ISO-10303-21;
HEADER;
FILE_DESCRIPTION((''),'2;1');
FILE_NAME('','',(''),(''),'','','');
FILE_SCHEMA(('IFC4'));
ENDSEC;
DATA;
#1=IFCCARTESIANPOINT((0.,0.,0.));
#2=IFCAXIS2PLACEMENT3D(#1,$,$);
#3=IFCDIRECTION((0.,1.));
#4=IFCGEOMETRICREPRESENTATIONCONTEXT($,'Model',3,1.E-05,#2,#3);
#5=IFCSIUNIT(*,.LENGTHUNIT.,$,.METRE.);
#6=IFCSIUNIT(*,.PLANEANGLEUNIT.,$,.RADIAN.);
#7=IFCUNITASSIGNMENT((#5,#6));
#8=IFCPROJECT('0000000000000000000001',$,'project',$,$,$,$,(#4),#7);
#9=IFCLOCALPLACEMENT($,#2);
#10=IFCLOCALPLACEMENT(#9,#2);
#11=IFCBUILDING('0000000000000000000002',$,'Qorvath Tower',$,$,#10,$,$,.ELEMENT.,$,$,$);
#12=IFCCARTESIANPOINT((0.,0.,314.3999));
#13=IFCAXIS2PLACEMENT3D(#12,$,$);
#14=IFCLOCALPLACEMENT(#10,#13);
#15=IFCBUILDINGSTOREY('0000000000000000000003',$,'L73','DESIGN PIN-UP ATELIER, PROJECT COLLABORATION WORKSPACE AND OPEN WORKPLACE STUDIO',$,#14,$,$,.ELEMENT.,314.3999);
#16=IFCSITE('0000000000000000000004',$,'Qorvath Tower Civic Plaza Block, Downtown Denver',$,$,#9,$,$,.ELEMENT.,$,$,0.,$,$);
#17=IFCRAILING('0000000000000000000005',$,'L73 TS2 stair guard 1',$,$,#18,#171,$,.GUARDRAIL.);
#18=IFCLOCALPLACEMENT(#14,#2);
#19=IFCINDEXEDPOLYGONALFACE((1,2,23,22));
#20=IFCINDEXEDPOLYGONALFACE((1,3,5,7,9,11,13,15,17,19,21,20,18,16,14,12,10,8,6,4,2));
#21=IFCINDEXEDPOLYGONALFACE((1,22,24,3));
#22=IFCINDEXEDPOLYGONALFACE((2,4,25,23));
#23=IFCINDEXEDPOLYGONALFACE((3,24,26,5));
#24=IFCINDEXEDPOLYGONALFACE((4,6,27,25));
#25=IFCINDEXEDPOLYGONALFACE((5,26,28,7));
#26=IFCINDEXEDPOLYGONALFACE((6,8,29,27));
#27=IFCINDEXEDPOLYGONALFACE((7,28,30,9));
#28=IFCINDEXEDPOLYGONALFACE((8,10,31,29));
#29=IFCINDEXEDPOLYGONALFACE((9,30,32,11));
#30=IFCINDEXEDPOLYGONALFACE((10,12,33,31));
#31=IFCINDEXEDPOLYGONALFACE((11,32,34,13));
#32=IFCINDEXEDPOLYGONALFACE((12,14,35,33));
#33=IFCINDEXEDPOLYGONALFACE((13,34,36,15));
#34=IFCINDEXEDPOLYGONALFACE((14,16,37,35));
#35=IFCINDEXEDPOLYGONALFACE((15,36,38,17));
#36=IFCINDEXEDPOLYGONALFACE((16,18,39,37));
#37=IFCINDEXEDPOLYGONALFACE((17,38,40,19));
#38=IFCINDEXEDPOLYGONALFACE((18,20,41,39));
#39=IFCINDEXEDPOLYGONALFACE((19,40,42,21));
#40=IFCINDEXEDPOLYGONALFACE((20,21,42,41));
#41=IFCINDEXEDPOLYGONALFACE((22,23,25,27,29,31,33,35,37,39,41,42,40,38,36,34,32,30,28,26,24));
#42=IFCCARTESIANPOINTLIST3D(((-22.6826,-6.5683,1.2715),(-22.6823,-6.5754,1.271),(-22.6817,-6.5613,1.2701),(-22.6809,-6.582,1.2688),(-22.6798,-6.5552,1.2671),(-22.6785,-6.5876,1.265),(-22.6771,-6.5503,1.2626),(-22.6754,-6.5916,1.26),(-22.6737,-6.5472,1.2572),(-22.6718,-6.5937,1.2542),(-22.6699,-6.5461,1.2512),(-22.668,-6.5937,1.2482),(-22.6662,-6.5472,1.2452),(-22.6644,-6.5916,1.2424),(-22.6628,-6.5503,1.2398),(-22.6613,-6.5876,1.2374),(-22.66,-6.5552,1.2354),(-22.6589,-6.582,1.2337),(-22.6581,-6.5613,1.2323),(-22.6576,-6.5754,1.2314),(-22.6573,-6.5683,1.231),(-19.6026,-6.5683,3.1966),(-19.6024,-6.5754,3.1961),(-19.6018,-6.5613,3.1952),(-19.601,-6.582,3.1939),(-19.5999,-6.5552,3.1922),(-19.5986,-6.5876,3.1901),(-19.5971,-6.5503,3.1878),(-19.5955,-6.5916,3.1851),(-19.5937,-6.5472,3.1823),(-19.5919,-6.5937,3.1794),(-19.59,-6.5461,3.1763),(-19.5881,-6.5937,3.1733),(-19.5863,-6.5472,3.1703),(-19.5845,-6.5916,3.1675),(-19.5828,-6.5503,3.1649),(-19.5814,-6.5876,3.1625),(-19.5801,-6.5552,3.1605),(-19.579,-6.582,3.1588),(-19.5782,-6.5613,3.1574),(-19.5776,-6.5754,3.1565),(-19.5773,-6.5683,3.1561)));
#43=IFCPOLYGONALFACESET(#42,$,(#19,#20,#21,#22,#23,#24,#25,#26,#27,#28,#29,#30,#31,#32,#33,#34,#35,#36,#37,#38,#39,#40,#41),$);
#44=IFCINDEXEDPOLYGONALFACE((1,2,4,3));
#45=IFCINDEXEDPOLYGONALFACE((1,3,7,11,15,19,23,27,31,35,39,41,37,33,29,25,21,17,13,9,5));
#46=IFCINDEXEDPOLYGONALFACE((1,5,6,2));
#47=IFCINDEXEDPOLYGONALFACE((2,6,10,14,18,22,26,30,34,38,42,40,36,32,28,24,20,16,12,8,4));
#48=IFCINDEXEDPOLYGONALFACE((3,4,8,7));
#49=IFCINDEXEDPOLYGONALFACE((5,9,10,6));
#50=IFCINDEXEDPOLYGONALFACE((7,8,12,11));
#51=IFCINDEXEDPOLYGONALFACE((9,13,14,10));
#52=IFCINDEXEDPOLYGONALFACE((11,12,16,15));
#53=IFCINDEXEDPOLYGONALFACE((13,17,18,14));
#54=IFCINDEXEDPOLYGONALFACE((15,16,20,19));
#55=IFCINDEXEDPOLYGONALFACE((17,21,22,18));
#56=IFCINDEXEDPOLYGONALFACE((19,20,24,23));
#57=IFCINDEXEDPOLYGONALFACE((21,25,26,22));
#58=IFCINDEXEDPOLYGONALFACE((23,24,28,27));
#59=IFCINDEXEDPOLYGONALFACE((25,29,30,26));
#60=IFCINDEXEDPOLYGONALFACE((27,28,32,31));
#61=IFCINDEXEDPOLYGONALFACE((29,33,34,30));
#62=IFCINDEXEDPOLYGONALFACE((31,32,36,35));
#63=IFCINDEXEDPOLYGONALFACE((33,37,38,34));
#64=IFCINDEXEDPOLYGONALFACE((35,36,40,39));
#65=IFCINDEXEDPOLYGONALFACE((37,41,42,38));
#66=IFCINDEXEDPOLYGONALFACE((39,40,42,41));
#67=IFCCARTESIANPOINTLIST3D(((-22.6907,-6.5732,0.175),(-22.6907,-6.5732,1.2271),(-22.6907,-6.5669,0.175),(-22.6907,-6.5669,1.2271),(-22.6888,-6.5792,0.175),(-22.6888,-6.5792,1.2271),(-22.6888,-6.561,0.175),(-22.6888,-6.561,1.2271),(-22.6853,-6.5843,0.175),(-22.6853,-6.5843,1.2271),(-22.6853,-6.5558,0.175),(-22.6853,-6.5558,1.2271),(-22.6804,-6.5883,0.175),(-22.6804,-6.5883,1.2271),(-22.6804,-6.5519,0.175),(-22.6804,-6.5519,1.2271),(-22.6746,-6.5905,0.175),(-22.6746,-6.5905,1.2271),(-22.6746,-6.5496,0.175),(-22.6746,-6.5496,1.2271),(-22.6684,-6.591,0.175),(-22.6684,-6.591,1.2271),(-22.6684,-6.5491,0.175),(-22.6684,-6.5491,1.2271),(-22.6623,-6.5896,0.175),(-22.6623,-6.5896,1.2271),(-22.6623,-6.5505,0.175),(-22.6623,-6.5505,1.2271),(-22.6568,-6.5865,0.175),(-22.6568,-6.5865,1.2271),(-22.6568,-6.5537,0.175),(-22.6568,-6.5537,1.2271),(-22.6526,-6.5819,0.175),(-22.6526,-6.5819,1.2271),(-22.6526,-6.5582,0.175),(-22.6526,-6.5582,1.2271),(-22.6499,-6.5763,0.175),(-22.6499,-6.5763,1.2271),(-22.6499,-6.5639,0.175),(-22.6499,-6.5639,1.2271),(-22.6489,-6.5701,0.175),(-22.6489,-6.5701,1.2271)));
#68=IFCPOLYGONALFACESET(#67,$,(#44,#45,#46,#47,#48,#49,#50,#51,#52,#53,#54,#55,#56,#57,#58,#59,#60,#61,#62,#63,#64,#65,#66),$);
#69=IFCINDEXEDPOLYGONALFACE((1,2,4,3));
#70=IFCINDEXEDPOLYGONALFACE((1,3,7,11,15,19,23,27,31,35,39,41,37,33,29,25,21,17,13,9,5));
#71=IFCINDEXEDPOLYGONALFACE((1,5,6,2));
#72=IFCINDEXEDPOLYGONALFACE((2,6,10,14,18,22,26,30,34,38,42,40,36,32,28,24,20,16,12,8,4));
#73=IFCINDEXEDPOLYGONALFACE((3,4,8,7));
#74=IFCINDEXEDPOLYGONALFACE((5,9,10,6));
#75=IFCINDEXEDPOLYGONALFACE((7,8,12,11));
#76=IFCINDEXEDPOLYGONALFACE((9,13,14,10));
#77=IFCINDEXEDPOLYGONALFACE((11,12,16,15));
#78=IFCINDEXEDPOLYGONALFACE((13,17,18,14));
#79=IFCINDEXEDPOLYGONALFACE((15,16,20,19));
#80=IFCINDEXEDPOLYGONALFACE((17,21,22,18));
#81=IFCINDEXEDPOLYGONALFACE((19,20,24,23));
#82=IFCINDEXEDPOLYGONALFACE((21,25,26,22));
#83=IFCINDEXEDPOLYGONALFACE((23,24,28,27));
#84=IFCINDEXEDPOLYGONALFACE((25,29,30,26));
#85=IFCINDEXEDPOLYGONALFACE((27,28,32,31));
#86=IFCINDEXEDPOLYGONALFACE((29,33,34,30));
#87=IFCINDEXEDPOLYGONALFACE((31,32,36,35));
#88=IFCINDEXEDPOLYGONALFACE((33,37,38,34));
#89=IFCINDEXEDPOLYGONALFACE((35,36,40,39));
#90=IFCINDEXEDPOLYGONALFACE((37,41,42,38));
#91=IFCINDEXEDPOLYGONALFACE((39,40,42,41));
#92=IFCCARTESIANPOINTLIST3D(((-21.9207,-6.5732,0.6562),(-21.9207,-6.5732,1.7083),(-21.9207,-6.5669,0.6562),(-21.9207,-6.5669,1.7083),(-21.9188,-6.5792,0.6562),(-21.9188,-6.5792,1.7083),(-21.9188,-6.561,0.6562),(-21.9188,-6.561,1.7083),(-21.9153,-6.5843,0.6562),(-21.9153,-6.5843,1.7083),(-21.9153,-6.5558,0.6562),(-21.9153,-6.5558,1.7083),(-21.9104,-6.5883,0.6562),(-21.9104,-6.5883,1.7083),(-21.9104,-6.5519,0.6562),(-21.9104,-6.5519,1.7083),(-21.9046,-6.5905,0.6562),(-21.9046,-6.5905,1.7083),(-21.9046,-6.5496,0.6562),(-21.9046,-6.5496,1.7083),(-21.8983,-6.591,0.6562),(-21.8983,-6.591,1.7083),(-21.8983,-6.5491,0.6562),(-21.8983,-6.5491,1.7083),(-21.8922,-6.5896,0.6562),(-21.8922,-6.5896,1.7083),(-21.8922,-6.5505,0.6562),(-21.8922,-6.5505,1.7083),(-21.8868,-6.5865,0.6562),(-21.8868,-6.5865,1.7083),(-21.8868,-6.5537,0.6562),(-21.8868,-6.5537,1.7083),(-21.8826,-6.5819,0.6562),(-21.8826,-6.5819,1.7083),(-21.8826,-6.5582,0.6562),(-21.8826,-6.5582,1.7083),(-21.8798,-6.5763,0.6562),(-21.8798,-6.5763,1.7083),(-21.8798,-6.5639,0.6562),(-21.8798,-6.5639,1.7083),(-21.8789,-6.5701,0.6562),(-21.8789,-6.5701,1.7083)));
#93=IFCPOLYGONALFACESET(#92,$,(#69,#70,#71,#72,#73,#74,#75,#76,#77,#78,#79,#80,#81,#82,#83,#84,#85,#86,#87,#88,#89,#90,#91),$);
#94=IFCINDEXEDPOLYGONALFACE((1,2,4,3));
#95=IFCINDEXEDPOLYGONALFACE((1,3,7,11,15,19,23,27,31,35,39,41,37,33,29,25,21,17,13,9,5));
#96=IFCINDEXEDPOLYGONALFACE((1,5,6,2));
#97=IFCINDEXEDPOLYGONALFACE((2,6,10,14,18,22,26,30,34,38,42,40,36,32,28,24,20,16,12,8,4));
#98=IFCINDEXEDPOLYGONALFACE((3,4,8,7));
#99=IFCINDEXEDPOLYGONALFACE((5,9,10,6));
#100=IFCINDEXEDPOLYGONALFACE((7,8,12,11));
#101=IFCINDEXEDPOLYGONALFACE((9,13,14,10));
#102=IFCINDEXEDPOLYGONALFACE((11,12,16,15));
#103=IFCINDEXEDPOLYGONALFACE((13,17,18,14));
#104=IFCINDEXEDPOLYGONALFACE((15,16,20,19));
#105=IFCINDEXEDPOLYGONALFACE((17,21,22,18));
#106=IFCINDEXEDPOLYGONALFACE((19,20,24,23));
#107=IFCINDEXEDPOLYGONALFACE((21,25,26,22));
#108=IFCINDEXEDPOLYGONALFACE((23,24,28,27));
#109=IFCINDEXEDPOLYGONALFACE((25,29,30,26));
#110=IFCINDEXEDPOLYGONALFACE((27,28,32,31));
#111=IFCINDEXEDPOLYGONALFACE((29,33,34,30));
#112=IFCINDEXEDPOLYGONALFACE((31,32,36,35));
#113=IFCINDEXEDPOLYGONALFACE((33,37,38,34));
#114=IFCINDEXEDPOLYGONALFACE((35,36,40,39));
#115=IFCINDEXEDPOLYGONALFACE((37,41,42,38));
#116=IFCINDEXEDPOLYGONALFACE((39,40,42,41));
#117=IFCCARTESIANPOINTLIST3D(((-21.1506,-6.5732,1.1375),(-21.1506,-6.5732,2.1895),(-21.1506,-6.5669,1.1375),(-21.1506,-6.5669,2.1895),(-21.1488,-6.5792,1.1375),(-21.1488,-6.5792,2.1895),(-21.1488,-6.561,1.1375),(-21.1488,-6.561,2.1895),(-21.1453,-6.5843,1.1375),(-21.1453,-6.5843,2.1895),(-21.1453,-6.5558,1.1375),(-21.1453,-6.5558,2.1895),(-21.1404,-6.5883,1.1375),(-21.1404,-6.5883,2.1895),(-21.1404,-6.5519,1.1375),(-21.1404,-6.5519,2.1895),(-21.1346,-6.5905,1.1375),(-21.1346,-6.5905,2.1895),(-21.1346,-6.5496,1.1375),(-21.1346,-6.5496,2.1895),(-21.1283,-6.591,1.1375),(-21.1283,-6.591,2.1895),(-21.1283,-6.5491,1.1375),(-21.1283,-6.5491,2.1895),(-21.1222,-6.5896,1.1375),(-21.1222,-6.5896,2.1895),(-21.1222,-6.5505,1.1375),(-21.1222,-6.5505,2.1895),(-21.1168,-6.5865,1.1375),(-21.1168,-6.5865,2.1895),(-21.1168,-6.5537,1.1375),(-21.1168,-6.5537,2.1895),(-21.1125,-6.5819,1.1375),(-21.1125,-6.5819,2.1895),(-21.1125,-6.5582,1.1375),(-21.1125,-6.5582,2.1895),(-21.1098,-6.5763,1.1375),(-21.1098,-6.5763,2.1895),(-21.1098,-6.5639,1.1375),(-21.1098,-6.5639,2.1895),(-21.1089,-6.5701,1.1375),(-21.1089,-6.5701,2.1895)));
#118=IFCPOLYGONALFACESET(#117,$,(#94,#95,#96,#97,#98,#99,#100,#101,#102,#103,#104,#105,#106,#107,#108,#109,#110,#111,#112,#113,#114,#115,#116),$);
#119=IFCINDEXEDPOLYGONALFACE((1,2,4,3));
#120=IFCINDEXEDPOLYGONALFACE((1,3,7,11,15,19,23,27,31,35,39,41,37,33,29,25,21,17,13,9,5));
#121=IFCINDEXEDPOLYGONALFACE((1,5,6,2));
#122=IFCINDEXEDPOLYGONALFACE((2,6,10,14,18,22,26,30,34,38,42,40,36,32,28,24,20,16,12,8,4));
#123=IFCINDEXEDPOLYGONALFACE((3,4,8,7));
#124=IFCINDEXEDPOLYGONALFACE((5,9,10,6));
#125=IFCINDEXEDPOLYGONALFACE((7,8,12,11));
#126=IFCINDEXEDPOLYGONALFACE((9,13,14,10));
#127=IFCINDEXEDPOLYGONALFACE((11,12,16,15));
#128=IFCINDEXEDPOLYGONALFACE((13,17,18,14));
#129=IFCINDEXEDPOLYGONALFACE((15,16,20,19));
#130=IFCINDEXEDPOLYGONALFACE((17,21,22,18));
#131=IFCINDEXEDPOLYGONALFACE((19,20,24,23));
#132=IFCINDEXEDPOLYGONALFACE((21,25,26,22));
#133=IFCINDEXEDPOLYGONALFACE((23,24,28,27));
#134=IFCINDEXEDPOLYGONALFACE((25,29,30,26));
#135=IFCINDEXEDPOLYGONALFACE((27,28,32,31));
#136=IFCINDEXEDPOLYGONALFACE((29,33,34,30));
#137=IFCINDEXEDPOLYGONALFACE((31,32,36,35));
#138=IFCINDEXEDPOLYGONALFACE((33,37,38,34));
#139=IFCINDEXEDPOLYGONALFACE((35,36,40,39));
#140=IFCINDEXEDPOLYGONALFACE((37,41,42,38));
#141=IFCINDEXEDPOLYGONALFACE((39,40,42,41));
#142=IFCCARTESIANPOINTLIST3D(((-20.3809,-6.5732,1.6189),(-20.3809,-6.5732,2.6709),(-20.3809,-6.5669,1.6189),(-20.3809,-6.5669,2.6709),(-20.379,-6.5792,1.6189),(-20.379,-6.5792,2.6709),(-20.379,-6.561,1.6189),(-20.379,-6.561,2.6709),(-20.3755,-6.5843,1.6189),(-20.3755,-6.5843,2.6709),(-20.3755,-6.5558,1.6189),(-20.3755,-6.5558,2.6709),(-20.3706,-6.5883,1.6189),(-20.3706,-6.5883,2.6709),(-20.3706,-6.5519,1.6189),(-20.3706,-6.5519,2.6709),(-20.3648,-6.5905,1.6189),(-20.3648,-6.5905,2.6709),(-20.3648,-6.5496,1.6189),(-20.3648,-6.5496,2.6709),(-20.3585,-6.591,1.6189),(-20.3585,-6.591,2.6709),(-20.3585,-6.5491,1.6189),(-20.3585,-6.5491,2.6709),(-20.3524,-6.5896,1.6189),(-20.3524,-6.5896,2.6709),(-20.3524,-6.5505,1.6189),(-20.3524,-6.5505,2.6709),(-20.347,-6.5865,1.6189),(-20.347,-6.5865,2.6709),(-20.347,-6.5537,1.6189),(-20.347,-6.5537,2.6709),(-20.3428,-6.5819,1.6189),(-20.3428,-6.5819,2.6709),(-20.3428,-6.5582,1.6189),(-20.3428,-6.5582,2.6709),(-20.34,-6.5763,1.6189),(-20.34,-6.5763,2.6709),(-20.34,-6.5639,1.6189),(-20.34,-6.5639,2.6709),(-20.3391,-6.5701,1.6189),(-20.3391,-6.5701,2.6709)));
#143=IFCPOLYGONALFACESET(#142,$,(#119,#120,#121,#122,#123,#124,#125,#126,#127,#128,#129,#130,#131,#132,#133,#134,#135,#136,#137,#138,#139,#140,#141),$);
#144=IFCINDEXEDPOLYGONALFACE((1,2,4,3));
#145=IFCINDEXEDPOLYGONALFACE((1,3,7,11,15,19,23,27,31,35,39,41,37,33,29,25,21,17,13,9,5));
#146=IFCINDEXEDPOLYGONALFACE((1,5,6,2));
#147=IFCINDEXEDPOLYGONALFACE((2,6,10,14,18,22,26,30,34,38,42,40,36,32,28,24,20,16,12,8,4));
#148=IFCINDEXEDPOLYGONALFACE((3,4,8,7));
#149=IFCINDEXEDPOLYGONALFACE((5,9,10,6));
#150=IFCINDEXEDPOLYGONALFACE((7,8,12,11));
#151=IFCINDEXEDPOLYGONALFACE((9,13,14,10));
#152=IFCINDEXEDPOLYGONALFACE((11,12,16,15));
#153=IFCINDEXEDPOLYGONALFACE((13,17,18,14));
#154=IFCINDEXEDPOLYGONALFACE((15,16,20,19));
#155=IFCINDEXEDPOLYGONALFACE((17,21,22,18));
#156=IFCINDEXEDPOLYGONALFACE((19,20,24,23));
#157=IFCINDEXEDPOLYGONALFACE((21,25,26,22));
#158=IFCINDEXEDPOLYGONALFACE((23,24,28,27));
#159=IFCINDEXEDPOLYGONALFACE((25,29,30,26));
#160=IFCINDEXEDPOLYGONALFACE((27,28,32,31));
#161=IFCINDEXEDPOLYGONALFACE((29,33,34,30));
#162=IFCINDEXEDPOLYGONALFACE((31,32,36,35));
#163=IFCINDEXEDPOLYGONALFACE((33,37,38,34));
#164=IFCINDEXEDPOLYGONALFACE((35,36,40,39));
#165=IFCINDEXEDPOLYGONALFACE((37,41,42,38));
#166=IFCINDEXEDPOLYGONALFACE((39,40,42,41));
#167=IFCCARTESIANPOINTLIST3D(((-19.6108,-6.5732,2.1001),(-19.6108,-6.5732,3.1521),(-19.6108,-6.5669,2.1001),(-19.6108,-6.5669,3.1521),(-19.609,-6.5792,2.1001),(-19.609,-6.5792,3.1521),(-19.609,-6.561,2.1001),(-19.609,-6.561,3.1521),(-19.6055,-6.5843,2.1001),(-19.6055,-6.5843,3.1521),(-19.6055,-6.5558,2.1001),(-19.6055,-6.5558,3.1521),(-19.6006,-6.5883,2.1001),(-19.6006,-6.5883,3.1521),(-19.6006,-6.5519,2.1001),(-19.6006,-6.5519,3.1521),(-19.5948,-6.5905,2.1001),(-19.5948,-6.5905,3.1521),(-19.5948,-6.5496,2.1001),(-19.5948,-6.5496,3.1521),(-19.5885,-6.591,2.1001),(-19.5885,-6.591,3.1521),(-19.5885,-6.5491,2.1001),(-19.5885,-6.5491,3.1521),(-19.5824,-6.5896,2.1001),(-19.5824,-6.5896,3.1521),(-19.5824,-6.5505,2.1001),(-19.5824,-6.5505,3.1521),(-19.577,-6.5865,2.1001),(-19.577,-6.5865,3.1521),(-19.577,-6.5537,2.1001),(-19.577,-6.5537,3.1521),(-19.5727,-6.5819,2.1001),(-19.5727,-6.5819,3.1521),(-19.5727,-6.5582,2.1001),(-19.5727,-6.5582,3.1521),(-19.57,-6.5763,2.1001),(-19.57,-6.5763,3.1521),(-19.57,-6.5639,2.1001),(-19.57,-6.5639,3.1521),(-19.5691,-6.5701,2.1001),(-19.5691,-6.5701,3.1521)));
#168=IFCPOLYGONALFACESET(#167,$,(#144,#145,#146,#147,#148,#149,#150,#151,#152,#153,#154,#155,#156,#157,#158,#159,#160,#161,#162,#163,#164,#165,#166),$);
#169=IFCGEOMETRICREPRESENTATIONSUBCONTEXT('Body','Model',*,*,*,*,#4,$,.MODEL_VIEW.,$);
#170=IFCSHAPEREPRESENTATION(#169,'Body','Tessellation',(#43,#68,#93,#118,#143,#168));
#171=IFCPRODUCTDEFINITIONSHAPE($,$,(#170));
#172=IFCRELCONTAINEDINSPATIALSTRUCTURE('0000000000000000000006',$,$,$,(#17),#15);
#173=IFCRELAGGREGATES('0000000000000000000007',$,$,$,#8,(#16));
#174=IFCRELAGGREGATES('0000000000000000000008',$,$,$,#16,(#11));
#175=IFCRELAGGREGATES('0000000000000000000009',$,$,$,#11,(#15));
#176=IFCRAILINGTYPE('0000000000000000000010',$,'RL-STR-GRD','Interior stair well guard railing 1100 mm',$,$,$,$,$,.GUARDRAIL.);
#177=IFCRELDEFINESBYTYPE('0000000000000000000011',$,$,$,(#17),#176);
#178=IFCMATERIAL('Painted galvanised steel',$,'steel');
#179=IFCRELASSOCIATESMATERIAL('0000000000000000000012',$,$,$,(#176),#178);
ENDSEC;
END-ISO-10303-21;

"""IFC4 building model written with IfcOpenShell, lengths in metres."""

from ifc_helpers import new_model, si_unit, direction, frame, origin, origin_2d, place, context, subcontext, project, spatial, circle, extrude, material, type_object, element, save


model = new_model("IFC4")

# Units and contexts
model_context = context("Model", 3, precision=1e-05, world=origin(), true_north=direction((0.0, 1.0)))
body_context = subcontext(model_context, "Body", "Model", "MODEL_VIEW")
ifc_project = project(units=[si_unit("LENGTHUNIT", "METRE"), si_unit("PLANEANGLEUNIT", "RADIAN")], contexts=[model_context])

# Site, building, storey
site_placement = place(None, origin())
site = spatial("IfcSite", under=ifc_project, at=site_placement, Name="Qorvath Tower Civic Plaza Block, Downtown Denver", CompositionType="ELEMENT", RefElevation=0.0)
building_placement = place(site_placement, origin())
building = spatial("IfcBuilding", under=site, at=building_placement, Name="Qorvath Tower", CompositionType="ELEMENT")
storey_placement = place(building_placement, frame((0.0, 0.0, 314.3999)))
storey = spatial("IfcBuildingStorey", under=building, at=storey_placement, Name="L73", Description="DESIGN PIN-UP ATELIER, PROJECT COLLABORATION WORKSPACE AND OPEN WORKPLACE STUDIO", CompositionType="ELEMENT", Elevation=314.3999)

# Railing
ifc_material_1 = material(Name="Painted galvanised steel", Category="steel")
railing_type_1 = type_object("IfcRailingType", Name="RL-STR-GRD", Description="Interior stair well guard railing 1100 mm", PredefinedType="GUARDRAIL", material=ifc_material_1)
railing_1_placement = place(storey_placement, frame((-22.6699, -6.5701, 0.175)))
element("IfcRailing", 1, at=railing_1_placement, inside=storey, type_object=railing_type_1, Name="L73 TS2 stair guard 1", PredefinedType="GUARDRAIL", context=body_context, shape_type="SweptSolid", body=[
    extrude(circle(Radius=0.0239, at=origin_2d()), frame((0.0, 0.0, 1.0762), z_axis=(0.847979, 0.0, 0.530029), x_axis=(0.0, 1.0, 0.0)), (0.0, 0.0, 1.0), 3.6321),
    extrude(circle(Radius=0.021, at=origin_2d()), origin(), (0.0, 0.0, 1.0), 1.052),
    extrude(circle(Radius=0.021, at=origin_2d()), frame((0.77, 0.0, 0.4812)), (0.0, 0.0, 1.0), 1.052),
    extrude(circle(Radius=0.021, at=origin_2d()), frame((1.54, 0.0, 0.9624)), (0.0, 0.0, 1.0), 1.052),
    extrude(circle(Radius=0.021, at=origin_2d()), frame((2.3098, 0.0, 1.4438)), (0.0, 0.0, 1.0), 1.052),
    extrude(circle(Radius=0.021, at=origin_2d()), frame((3.0798, 0.0, 1.925)), (0.0, 0.0, 1.0), 1.052),
])

save(model, "model.ifc")
